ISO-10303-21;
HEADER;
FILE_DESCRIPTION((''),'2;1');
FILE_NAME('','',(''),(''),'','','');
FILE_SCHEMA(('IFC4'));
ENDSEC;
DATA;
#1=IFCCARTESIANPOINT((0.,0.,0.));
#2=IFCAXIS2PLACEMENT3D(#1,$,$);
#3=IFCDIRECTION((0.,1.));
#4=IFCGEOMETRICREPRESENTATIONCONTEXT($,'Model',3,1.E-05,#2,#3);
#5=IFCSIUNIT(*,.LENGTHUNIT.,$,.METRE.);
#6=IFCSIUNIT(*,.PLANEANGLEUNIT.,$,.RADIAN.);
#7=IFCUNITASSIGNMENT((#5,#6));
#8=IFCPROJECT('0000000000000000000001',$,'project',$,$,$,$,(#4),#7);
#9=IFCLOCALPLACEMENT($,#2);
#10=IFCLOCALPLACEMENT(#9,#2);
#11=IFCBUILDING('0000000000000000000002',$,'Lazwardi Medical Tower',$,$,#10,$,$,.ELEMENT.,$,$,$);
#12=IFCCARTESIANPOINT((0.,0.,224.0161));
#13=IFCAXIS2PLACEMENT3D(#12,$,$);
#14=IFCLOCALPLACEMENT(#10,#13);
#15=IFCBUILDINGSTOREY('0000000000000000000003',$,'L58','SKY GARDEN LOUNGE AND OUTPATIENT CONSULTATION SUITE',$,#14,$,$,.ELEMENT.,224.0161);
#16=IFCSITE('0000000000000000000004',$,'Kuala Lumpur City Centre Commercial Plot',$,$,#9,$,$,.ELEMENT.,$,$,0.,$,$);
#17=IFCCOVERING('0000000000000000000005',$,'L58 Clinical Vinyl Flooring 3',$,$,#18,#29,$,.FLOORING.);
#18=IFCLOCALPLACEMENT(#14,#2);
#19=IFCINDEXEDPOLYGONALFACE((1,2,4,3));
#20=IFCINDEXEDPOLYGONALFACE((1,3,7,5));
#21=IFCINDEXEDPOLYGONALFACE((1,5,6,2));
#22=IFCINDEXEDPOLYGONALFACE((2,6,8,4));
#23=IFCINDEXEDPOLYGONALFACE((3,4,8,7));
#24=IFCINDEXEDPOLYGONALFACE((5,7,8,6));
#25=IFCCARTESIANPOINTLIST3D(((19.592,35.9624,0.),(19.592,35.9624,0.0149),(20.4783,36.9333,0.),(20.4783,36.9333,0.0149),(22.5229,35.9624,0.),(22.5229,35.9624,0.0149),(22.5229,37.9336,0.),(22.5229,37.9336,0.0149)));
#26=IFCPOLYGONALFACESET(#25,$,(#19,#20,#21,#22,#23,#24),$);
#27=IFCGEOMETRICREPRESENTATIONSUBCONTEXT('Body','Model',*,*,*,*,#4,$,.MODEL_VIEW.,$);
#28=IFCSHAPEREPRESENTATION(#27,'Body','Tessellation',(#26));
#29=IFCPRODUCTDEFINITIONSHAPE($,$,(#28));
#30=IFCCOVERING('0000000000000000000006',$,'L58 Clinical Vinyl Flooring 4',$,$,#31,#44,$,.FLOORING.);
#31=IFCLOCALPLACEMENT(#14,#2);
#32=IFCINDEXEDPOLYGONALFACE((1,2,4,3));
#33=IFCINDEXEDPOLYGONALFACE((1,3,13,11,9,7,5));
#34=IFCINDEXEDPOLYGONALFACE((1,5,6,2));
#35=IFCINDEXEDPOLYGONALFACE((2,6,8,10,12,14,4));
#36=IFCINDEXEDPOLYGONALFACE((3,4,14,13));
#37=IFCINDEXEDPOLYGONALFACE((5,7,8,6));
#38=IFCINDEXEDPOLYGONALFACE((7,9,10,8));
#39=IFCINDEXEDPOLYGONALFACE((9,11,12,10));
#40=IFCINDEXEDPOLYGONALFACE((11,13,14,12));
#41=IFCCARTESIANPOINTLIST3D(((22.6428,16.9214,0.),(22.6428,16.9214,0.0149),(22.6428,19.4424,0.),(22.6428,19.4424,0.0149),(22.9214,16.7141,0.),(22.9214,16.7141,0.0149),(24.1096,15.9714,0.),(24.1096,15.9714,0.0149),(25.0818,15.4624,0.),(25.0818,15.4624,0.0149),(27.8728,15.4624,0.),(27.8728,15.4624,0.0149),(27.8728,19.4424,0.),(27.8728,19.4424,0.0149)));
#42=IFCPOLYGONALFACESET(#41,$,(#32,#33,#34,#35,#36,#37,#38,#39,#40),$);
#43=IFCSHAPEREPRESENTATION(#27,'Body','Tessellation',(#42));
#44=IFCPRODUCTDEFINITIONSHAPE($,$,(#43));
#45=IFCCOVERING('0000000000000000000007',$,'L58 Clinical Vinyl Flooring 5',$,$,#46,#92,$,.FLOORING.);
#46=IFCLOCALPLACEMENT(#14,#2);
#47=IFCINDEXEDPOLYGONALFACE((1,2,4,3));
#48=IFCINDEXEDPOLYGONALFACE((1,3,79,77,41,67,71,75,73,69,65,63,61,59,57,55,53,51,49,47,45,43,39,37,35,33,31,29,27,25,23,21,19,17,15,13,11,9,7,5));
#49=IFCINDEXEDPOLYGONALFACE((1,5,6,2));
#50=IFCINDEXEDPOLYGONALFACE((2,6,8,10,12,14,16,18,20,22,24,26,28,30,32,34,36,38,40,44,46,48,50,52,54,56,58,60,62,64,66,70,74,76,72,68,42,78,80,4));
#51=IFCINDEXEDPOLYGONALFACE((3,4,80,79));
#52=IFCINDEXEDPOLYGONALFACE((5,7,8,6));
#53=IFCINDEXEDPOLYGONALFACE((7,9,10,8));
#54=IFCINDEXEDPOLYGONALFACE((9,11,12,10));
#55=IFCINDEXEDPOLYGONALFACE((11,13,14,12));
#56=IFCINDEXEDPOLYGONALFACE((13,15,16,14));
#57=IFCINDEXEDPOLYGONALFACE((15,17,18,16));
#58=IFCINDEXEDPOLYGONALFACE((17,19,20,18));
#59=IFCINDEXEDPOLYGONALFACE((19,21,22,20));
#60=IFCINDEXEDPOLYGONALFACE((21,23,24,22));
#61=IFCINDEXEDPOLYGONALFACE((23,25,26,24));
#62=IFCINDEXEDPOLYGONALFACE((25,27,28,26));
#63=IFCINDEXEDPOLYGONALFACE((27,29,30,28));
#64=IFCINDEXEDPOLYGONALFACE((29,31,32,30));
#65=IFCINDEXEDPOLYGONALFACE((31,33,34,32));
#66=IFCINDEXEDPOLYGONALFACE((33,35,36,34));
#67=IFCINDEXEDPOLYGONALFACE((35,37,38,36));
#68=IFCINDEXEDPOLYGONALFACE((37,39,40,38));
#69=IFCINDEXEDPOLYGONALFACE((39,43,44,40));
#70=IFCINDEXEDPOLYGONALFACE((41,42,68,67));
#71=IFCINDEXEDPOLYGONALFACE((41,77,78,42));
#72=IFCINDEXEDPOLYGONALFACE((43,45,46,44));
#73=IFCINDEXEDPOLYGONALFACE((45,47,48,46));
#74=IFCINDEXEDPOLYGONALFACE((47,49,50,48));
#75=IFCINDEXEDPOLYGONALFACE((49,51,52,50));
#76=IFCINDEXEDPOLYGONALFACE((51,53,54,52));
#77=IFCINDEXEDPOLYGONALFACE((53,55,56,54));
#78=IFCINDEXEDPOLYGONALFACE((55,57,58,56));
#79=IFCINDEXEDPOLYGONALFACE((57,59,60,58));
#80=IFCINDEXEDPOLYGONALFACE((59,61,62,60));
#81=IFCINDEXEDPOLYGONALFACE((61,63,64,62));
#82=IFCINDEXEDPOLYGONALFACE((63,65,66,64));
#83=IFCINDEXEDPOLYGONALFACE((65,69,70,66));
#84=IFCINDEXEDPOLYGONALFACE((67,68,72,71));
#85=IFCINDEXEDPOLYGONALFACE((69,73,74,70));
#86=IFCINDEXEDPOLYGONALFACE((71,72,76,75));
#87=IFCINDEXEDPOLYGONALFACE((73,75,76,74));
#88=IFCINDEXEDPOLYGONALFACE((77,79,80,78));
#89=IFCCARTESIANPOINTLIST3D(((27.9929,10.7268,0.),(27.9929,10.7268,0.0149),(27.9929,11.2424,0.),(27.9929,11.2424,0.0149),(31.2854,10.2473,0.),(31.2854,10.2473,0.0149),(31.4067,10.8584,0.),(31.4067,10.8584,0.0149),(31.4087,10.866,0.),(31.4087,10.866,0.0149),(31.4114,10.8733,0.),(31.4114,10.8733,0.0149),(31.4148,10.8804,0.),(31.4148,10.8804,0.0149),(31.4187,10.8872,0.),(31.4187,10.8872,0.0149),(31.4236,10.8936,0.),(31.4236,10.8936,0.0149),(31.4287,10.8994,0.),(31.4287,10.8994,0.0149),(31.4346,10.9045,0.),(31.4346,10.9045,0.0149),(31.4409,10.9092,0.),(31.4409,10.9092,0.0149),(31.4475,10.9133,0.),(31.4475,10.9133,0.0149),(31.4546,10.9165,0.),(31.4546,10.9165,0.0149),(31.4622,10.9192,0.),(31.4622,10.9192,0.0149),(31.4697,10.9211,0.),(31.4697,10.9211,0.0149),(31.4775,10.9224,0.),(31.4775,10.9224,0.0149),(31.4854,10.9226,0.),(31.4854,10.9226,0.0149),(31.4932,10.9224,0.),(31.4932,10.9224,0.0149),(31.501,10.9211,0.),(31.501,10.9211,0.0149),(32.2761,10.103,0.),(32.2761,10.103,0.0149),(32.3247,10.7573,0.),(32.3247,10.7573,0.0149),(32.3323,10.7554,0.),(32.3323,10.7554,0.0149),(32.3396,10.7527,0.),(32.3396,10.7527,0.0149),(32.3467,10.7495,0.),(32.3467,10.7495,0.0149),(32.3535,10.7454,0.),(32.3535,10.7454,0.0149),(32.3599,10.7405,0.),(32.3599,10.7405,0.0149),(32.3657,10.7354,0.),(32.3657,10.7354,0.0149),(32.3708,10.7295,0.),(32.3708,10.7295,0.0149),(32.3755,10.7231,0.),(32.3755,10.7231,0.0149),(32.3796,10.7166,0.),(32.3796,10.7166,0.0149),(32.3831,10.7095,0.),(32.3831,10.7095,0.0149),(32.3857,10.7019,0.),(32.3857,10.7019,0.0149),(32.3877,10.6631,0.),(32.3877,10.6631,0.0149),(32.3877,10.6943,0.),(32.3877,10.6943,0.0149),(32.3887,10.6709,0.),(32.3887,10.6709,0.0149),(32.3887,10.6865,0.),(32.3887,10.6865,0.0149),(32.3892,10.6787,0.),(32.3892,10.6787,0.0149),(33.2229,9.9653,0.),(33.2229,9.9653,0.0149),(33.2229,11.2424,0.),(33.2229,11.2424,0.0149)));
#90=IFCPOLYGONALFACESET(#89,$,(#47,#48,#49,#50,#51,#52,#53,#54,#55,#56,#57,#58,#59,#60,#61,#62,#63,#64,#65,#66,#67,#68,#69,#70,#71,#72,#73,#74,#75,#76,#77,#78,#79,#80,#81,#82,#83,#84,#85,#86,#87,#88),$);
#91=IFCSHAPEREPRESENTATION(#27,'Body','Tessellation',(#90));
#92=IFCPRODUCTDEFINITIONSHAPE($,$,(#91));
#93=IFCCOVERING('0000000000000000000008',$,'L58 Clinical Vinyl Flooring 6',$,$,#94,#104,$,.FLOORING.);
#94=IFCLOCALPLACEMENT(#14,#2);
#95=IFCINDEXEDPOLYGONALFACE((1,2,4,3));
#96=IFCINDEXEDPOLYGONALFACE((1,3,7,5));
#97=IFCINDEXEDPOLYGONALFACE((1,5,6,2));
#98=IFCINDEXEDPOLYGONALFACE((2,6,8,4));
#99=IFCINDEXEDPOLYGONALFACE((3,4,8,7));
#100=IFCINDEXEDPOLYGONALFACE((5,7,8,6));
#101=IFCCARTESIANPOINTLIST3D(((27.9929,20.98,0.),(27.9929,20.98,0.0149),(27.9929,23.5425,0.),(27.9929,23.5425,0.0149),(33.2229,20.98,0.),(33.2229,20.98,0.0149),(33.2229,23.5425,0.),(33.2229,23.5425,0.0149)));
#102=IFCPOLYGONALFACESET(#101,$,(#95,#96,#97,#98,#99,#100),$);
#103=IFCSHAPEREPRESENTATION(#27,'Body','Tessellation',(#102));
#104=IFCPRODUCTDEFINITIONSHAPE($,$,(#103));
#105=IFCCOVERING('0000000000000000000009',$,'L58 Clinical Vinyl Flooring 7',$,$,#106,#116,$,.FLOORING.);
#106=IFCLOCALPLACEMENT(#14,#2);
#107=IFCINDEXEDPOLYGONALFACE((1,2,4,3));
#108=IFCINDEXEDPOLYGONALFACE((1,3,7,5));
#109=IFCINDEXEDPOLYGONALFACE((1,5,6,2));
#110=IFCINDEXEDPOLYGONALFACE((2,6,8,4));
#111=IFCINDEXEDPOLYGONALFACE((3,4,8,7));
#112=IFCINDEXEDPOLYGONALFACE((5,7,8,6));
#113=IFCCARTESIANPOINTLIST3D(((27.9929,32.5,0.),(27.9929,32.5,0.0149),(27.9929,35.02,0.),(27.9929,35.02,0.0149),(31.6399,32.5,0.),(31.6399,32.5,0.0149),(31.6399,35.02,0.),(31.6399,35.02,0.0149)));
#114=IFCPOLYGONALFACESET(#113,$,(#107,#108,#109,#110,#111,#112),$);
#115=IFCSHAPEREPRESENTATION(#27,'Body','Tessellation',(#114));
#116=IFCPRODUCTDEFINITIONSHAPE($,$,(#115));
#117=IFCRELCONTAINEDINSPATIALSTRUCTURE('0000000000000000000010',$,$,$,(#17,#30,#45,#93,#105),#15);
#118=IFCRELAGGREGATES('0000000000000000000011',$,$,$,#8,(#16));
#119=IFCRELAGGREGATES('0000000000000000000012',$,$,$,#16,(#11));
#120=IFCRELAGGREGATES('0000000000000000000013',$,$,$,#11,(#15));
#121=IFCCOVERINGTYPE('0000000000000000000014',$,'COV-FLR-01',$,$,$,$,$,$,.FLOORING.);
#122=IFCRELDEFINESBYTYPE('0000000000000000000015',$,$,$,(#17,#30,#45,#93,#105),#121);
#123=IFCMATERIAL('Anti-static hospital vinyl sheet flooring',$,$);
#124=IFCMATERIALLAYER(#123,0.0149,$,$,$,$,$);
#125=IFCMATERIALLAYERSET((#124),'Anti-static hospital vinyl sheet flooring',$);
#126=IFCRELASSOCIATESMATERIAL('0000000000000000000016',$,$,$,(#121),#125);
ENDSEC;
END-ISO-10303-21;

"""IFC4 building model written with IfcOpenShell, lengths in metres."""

from ifc_helpers import new_model, si_unit, direction, frame, origin, place, context, subcontext, project, spatial, polyline, outline, extrude, material, layer, layer_set, type_object, element, save


model = new_model("IFC4")

# Units and contexts
model_context = context("Model", 3, precision=1e-05, world=origin(), true_north=direction((0.0, 1.0)))
body_context = subcontext(model_context, "Body", "Model", "MODEL_VIEW")
ifc_project = project(units=[si_unit("LENGTHUNIT", "METRE"), si_unit("PLANEANGLEUNIT", "RADIAN")], contexts=[model_context])

# Site, building, storey
site_placement = place(None, origin())
site = spatial("IfcSite", under=ifc_project, at=site_placement, Name="Kuala Lumpur City Centre Commercial Plot", CompositionType="ELEMENT", RefElevation=0.0)
building_placement = place(site_placement, origin())
building = spatial("IfcBuilding", under=site, at=building_placement, Name="Lazwardi Medical Tower", CompositionType="ELEMENT")
storey_placement = place(building_placement, frame((0.0, 0.0, 224.0161)))
storey = spatial("IfcBuildingStorey", under=building, at=storey_placement, Name="L58", Description="SKY GARDEN LOUNGE AND OUTPATIENT CONSULTATION SUITE", CompositionType="ELEMENT", Elevation=224.0161)

# Coverings
ifc_material_1 = material(Name="Anti-static hospital vinyl sheet flooring")
ifc_layer_1 = layer(ifc_material_1, 0.0149)
ifc_layer_set_1 = layer_set([ifc_layer_1], Name="Anti-static hospital vinyl sheet flooring")
covering_type_1 = type_object("IfcCoveringType", Name="COV-FLR-01", PredefinedType="FLOORING", material=ifc_layer_set_1)
covering_1_placement = place(storey_placement, origin())
element("IfcCovering", 1, at=covering_1_placement, inside=storey, type_object=covering_type_1, Name="L58 Clinical Vinyl Flooring 3", PredefinedType="FLOORING", context=body_context, shape_type="SweptSolid", body=[
    extrude(outline(polyline([(22.5229, 37.9336), (20.4783, 36.9333), (19.592, 35.9624), (22.5229, 35.9624), (22.5229, 37.9336)])), origin(), (0.0, 0.0, 1.0), 0.0149),
])
covering_2_placement = place(storey_placement, origin())
element("IfcCovering", 2, at=covering_2_placement, inside=storey, type_object=covering_type_1, Name="L58 Clinical Vinyl Flooring 4", PredefinedType="FLOORING", context=body_context, shape_type="SweptSolid", body=[
    extrude(outline(polyline([(22.6428, 16.9214), (22.9214, 16.7141), (24.1096, 15.9714), (25.0818, 15.4624), (27.8728, 15.4624), (27.8728, 19.4424), (22.6428, 19.4424), (22.6428, 16.9214)])), origin(), (0.0, 0.0, 1.0), 0.0149),
])
covering_3_placement = place(storey_placement, origin())
element("IfcCovering", 3, at=covering_3_placement, inside=storey, type_object=covering_type_1, Name="L58 Clinical Vinyl Flooring 5", PredefinedType="FLOORING", context=body_context, shape_type="SweptSolid", body=[
    extrude(outline(polyline([(27.9929, 10.7268), (31.2854, 10.2473), (31.4067, 10.8584), (31.4087, 10.866), (31.4114, 10.8733), (31.4148, 10.8804), (31.4187, 10.8872), (31.4236, 10.8936), (31.4287, 10.8994), (31.4346, 10.9045), (31.4409, 10.9092), (31.4475, 10.9133), (31.4546, 10.9165), (31.4622, 10.9192), (31.4697, 10.9211), (31.4775, 10.9224), (31.4854, 10.9226), (31.4932, 10.9224), (31.501, 10.9211), (32.3247, 10.7573), (32.3323, 10.7554), (32.3396, 10.7527), (32.3467, 10.7495), (32.3535, 10.7454), (32.3599, 10.7405), (32.3657, 10.7354), (32.3708, 10.7295), (32.3755, 10.7231), (32.3796, 10.7166), (32.3831, 10.7095), (32.3857, 10.7019), (32.3877, 10.6943), (32.3887, 10.6865), (32.3892, 10.6787), (32.3887, 10.6709), (32.3877, 10.6631), (32.2761, 10.103), (33.2229, 9.9653), (33.2229, 11.2424), (27.9929, 11.2424), (27.9929, 10.7268)])), origin(), (0.0, 0.0, 1.0), 0.0149),
])
covering_4_placement = place(storey_placement, origin())
element("IfcCovering", 4, at=covering_4_placement, inside=storey, type_object=covering_type_1, Name="L58 Clinical Vinyl Flooring 6", PredefinedType="FLOORING", context=body_context, shape_type="SweptSolid", body=[
    extrude(outline(polyline([(27.9929, 20.98), (33.2229, 20.98), (33.2229, 23.5425), (27.9929, 23.5425), (27.9929, 20.98)])), origin(), (0.0, 0.0, 1.0), 0.0149),
])
covering_5_placement = place(storey_placement, origin())
element("IfcCovering", 5, at=covering_5_placement, inside=storey, type_object=covering_type_1, Name="L58 Clinical Vinyl Flooring 7", PredefinedType="FLOORING", context=body_context, shape_type="SweptSolid", body=[
    extrude(outline(polyline([(27.9929, 32.5), (31.6399, 32.5), (31.6399, 35.02), (27.9929, 35.02), (27.9929, 32.5)])), origin(), (0.0, 0.0, 1.0), 0.0149),
])

save(model, "model.ifc")
